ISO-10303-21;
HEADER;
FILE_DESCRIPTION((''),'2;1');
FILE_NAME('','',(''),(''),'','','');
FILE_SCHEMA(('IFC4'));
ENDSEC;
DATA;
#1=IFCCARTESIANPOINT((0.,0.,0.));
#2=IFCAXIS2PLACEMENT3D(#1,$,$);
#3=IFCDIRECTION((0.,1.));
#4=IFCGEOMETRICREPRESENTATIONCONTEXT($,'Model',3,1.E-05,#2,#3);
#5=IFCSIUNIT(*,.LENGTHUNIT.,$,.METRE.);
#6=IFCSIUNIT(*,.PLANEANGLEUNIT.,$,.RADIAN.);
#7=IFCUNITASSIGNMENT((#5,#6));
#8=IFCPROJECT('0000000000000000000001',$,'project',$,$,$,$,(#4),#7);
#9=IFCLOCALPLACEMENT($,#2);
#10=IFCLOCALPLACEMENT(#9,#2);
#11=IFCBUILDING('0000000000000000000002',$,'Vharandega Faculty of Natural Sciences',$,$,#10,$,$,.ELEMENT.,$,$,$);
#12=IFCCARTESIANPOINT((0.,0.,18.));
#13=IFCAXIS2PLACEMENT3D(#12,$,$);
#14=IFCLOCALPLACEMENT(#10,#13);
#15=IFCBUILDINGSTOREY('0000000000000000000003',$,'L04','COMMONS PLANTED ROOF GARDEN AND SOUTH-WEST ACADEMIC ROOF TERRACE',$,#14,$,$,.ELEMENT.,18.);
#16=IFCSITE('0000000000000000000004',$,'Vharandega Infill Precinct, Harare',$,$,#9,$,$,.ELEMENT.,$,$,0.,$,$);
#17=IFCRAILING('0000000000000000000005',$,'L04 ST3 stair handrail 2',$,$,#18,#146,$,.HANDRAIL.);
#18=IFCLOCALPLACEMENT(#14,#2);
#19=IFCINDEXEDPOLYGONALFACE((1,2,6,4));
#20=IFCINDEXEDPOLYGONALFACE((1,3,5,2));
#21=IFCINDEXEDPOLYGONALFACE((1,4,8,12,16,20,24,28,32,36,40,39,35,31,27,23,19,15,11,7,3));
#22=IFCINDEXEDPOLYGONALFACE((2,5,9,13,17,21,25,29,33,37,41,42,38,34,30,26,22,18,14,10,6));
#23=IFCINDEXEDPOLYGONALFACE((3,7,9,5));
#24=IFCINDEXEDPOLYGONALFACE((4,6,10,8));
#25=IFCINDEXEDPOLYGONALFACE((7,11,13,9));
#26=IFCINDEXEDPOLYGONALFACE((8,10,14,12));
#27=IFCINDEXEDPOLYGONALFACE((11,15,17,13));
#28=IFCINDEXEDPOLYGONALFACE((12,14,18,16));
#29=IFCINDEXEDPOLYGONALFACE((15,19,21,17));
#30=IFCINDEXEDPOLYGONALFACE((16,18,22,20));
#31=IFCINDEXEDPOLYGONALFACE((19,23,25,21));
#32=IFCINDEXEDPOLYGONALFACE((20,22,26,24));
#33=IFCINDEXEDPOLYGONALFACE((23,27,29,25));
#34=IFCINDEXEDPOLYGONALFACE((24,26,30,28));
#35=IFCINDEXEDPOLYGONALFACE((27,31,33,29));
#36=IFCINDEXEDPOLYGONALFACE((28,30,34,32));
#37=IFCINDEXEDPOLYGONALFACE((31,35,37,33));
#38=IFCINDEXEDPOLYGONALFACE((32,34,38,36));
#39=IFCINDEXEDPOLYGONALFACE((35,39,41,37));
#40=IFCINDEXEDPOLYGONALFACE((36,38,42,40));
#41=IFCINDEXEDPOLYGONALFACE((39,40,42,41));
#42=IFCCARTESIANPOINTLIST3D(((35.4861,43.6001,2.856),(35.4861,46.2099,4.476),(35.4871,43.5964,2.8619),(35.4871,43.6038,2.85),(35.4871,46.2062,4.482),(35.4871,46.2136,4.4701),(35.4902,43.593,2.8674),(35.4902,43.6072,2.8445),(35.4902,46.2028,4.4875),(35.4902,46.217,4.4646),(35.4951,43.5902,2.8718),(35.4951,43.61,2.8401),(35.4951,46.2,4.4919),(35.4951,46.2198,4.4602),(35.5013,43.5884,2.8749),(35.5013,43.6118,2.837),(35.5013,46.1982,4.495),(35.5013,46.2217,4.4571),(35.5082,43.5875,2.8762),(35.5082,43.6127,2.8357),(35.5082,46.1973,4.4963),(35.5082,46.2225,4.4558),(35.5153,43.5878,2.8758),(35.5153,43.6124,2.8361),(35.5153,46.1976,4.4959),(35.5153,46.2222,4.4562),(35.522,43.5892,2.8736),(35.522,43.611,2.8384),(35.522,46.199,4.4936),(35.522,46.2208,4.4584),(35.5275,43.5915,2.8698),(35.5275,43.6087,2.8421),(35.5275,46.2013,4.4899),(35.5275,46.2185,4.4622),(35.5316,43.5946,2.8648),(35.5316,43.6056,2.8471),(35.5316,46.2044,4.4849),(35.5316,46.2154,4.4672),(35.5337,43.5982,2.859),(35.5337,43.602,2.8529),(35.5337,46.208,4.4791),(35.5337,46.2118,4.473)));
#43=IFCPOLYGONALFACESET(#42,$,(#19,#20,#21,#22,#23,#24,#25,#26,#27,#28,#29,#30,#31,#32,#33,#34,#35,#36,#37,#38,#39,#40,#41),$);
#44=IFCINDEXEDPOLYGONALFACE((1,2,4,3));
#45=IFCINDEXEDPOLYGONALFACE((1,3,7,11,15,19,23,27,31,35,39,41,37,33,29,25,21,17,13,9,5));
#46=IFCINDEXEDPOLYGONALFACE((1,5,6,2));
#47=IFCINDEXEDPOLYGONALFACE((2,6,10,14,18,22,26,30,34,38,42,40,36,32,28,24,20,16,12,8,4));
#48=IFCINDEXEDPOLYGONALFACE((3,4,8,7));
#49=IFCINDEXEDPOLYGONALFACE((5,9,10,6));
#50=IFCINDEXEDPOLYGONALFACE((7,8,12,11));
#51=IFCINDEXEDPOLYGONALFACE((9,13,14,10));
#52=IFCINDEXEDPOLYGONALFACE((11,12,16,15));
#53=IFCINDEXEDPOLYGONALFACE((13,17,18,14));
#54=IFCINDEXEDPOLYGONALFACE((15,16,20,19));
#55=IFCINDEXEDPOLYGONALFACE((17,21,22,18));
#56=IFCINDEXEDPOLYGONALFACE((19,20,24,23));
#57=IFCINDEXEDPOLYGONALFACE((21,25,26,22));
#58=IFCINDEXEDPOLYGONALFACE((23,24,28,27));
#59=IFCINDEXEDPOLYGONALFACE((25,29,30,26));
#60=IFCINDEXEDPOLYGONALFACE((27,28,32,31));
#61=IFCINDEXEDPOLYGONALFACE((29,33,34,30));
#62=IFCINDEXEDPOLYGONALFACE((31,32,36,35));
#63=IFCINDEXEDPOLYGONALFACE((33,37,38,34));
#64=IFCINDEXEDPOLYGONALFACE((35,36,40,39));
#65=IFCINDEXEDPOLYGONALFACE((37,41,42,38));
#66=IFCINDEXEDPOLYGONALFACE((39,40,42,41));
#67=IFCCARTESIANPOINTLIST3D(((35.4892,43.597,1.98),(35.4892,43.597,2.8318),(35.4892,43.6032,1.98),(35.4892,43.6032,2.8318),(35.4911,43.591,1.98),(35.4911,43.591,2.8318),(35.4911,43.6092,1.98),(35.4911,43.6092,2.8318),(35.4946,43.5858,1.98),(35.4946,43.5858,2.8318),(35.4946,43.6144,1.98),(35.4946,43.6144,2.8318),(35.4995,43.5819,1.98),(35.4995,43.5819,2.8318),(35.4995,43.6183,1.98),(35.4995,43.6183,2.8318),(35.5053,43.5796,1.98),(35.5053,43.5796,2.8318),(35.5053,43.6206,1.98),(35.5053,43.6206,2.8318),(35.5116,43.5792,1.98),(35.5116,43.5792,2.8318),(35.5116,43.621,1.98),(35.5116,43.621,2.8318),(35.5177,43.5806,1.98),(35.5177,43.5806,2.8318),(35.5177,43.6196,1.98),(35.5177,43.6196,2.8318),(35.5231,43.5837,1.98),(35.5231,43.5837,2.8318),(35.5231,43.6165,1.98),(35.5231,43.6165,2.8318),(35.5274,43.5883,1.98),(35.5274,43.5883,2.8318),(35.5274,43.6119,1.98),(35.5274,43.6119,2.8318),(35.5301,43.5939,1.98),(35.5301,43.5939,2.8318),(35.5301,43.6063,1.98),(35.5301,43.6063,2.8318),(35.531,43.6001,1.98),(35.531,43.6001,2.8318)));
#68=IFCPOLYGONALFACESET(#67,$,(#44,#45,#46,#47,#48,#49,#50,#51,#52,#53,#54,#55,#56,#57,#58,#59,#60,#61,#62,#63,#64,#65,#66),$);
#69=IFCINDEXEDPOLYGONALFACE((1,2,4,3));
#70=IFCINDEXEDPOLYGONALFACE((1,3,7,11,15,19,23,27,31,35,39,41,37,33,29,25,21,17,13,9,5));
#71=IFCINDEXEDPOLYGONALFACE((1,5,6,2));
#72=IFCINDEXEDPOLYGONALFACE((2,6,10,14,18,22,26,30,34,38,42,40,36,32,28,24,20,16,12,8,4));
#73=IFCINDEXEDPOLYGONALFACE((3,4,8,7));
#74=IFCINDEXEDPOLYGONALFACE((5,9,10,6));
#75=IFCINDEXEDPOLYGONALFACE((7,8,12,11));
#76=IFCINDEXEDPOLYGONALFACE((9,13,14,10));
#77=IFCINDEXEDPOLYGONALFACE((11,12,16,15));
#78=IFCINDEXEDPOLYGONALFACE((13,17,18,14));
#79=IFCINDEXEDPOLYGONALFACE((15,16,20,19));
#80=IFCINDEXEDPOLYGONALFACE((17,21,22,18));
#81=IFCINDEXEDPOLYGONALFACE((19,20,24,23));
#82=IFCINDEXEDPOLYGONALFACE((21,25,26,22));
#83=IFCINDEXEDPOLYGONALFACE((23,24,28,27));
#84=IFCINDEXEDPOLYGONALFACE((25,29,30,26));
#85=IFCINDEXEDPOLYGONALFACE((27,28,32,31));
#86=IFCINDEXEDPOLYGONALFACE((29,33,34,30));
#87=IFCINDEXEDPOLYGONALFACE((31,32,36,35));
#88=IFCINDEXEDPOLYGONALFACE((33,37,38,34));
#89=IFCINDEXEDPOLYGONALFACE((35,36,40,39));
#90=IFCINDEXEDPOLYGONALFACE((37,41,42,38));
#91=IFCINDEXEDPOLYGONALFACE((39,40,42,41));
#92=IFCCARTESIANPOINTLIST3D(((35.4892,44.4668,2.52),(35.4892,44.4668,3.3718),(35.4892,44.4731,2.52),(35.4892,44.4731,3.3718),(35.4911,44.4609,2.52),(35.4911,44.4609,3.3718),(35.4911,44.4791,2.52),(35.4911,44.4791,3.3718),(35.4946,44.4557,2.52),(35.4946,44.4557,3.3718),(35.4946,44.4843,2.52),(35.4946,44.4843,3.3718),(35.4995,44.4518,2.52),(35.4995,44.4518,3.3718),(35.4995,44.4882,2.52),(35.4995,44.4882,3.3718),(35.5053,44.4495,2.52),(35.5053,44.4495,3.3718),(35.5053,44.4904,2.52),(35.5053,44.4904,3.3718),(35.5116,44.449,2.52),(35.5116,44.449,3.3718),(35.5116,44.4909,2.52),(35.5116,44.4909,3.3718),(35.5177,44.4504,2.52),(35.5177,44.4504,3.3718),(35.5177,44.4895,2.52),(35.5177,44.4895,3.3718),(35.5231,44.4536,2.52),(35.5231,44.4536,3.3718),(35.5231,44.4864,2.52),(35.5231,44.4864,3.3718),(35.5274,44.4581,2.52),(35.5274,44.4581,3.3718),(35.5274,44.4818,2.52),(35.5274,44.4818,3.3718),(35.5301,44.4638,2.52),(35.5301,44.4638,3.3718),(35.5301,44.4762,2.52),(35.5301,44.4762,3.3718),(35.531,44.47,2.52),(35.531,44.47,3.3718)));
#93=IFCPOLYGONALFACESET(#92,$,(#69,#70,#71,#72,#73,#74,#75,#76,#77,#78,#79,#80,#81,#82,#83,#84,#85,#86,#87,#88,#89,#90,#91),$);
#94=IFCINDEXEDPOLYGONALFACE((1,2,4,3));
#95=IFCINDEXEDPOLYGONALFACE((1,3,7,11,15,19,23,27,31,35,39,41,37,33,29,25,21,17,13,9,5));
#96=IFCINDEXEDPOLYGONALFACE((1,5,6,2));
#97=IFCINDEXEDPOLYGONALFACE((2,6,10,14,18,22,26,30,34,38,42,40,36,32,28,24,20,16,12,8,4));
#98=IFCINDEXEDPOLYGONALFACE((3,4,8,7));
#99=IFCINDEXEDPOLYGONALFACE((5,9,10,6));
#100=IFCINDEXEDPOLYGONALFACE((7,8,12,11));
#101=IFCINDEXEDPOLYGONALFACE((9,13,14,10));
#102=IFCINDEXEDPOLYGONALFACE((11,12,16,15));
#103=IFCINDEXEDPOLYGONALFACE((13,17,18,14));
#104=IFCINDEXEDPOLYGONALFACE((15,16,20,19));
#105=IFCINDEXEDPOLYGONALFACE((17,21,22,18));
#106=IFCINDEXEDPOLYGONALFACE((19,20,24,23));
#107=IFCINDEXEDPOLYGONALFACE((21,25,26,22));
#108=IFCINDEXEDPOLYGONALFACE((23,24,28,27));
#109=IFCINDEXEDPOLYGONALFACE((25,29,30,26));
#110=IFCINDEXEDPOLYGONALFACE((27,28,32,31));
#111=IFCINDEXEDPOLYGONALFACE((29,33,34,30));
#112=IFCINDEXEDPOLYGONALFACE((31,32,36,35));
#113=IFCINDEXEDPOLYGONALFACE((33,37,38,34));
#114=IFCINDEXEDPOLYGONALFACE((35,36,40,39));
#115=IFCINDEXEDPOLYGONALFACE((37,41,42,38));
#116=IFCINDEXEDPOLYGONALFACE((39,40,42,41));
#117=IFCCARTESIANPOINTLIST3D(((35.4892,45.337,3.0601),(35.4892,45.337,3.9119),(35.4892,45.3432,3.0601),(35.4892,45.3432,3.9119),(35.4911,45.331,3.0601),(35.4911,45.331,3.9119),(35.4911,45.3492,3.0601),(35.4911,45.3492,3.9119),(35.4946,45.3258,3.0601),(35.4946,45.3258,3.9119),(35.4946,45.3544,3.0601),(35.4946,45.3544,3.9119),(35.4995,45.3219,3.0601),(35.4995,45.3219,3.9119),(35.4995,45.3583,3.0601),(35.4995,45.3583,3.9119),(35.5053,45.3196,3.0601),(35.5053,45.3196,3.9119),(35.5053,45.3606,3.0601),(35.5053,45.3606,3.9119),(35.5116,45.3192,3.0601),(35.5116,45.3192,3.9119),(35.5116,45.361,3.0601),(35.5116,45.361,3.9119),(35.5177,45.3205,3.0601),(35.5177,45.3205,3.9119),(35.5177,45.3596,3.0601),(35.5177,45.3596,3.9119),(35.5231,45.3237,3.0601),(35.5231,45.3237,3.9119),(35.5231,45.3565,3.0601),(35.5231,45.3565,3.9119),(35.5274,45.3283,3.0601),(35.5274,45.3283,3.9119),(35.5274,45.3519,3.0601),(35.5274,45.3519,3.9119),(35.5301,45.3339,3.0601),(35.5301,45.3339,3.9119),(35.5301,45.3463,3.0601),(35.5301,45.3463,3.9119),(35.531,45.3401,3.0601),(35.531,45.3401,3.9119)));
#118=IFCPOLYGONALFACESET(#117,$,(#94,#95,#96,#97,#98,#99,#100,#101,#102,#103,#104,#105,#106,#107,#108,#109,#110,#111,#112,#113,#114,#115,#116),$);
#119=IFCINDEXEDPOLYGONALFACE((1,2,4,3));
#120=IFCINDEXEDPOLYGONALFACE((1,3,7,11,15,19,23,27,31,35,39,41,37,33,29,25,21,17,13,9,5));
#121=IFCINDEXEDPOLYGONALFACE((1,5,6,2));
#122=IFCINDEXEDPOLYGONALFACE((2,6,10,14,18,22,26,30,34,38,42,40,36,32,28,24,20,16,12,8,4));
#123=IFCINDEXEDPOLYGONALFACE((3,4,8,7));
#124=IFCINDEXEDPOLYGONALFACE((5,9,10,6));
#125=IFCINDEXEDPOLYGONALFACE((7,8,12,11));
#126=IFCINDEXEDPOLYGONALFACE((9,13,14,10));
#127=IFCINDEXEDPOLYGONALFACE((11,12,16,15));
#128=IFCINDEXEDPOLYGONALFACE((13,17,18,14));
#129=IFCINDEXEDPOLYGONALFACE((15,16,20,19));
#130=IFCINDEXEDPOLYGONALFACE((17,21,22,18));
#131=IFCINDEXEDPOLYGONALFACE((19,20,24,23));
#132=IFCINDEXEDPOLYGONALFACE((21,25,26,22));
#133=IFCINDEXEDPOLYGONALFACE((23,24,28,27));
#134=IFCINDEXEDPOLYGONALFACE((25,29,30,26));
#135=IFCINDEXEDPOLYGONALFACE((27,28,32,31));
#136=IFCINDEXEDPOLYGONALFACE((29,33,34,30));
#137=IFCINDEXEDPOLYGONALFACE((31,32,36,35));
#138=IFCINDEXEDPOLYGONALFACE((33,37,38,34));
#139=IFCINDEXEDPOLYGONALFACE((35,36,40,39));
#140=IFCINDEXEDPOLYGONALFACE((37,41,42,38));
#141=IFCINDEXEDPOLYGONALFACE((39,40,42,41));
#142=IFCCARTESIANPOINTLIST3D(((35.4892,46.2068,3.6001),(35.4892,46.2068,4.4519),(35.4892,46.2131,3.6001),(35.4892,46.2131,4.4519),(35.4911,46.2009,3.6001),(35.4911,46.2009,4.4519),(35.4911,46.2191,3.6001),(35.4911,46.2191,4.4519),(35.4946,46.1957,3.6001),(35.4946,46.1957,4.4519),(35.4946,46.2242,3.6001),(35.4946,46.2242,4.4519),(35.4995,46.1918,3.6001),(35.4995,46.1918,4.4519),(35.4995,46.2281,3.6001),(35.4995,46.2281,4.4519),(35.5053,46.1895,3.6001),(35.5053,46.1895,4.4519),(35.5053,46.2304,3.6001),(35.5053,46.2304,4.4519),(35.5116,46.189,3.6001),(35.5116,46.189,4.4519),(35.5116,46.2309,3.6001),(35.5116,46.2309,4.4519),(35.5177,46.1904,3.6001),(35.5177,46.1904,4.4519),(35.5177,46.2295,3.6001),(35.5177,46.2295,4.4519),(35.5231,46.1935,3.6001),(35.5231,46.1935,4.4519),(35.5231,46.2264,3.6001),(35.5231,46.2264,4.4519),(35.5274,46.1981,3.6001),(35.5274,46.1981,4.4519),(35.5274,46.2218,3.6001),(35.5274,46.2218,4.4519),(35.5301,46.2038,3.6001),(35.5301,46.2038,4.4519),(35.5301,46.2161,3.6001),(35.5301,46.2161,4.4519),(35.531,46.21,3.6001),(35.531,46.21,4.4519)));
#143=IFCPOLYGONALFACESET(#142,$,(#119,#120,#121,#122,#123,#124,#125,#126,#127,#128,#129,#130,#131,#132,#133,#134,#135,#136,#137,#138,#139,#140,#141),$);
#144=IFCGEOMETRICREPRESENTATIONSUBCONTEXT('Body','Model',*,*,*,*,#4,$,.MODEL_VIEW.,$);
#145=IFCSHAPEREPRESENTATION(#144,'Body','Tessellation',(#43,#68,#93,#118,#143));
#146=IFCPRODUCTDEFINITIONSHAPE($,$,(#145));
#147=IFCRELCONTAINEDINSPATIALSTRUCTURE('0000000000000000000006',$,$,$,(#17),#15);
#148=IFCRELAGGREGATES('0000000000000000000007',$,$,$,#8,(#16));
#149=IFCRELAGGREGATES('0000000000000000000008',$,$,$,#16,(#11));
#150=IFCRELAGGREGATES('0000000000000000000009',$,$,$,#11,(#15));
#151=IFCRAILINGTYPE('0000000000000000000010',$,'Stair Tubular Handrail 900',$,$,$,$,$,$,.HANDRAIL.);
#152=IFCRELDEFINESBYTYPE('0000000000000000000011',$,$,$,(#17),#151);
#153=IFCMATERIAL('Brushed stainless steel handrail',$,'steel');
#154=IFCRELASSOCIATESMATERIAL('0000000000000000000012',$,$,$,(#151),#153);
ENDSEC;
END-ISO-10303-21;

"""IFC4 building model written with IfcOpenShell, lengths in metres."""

from ifc_helpers import new_model, si_unit, direction, frame, origin, origin_2d, place, context, subcontext, project, spatial, circle, extrude, material, type_object, element, save


model = new_model("IFC4")

# Units and contexts
model_context = context("Model", 3, precision=1e-05, world=origin(), true_north=direction((0.0, 1.0)))
body_context = subcontext(model_context, "Body", "Model", "MODEL_VIEW")
ifc_project = project(units=[si_unit("LENGTHUNIT", "METRE"), si_unit("PLANEANGLEUNIT", "RADIAN")], contexts=[model_context])

# Site, building, storey
site_placement = place(None, origin())
site = spatial("IfcSite", under=ifc_project, at=site_placement, Name="Vharandega Infill Precinct, Harare", CompositionType="ELEMENT", RefElevation=0.0)
building_placement = place(site_placement, origin())
building = spatial("IfcBuilding", under=site, at=building_placement, Name="Vharandega Faculty of Natural Sciences", CompositionType="ELEMENT")
storey_placement = place(building_placement, frame((0.0, 0.0, 18.0)))
storey = spatial("IfcBuildingStorey", under=building, at=storey_placement, Name="L04", Description="COMMONS PLANTED ROOF GARDEN AND SOUTH-WEST ACADEMIC ROOF TERRACE", CompositionType="ELEMENT", Elevation=18.0)

# Railing
ifc_material_1 = material(Name="Brushed stainless steel handrail", Category="steel")
railing_type_1 = type_object("IfcRailingType", Name="Stair Tubular Handrail 900", PredefinedType="HANDRAIL", material=ifc_material_1)
railing_1_placement = place(storey_placement, frame((35.51, 43.6001, 1.98)))
element("IfcRailing", 1, at=railing_1_placement, inside=storey, type_object=railing_type_1, Name="L04 ST3 stair handrail 2", PredefinedType="HANDRAIL", context=body_context, shape_type="SweptSolid", body=[
    extrude(circle(Radius=0.0239, at=origin_2d()), frame((0.0, 0.0, 0.876), z_axis=(0.0, 0.849611, 0.52741), x_axis=(-1.0, 0.0, 0.0)), (0.0, 0.0, 1.0), 3.0718),
    extrude(circle(Radius=0.021, at=origin_2d()), origin(), (0.0, 0.0, 1.0), 0.8518),
    extrude(circle(Radius=0.021, at=origin_2d()), frame((0.0, 0.8699, 0.54)), (0.0, 0.0, 1.0), 0.8518),
    extrude(circle(Radius=0.021, at=origin_2d()), frame((0.0, 1.74, 1.0801)), (0.0, 0.0, 1.0), 0.8518),
    extrude(circle(Radius=0.021, at=origin_2d()), frame((0.0, 2.6099, 1.6201)), (0.0, 0.0, 1.0), 0.8518),
])

save(model, "model.ifc")
